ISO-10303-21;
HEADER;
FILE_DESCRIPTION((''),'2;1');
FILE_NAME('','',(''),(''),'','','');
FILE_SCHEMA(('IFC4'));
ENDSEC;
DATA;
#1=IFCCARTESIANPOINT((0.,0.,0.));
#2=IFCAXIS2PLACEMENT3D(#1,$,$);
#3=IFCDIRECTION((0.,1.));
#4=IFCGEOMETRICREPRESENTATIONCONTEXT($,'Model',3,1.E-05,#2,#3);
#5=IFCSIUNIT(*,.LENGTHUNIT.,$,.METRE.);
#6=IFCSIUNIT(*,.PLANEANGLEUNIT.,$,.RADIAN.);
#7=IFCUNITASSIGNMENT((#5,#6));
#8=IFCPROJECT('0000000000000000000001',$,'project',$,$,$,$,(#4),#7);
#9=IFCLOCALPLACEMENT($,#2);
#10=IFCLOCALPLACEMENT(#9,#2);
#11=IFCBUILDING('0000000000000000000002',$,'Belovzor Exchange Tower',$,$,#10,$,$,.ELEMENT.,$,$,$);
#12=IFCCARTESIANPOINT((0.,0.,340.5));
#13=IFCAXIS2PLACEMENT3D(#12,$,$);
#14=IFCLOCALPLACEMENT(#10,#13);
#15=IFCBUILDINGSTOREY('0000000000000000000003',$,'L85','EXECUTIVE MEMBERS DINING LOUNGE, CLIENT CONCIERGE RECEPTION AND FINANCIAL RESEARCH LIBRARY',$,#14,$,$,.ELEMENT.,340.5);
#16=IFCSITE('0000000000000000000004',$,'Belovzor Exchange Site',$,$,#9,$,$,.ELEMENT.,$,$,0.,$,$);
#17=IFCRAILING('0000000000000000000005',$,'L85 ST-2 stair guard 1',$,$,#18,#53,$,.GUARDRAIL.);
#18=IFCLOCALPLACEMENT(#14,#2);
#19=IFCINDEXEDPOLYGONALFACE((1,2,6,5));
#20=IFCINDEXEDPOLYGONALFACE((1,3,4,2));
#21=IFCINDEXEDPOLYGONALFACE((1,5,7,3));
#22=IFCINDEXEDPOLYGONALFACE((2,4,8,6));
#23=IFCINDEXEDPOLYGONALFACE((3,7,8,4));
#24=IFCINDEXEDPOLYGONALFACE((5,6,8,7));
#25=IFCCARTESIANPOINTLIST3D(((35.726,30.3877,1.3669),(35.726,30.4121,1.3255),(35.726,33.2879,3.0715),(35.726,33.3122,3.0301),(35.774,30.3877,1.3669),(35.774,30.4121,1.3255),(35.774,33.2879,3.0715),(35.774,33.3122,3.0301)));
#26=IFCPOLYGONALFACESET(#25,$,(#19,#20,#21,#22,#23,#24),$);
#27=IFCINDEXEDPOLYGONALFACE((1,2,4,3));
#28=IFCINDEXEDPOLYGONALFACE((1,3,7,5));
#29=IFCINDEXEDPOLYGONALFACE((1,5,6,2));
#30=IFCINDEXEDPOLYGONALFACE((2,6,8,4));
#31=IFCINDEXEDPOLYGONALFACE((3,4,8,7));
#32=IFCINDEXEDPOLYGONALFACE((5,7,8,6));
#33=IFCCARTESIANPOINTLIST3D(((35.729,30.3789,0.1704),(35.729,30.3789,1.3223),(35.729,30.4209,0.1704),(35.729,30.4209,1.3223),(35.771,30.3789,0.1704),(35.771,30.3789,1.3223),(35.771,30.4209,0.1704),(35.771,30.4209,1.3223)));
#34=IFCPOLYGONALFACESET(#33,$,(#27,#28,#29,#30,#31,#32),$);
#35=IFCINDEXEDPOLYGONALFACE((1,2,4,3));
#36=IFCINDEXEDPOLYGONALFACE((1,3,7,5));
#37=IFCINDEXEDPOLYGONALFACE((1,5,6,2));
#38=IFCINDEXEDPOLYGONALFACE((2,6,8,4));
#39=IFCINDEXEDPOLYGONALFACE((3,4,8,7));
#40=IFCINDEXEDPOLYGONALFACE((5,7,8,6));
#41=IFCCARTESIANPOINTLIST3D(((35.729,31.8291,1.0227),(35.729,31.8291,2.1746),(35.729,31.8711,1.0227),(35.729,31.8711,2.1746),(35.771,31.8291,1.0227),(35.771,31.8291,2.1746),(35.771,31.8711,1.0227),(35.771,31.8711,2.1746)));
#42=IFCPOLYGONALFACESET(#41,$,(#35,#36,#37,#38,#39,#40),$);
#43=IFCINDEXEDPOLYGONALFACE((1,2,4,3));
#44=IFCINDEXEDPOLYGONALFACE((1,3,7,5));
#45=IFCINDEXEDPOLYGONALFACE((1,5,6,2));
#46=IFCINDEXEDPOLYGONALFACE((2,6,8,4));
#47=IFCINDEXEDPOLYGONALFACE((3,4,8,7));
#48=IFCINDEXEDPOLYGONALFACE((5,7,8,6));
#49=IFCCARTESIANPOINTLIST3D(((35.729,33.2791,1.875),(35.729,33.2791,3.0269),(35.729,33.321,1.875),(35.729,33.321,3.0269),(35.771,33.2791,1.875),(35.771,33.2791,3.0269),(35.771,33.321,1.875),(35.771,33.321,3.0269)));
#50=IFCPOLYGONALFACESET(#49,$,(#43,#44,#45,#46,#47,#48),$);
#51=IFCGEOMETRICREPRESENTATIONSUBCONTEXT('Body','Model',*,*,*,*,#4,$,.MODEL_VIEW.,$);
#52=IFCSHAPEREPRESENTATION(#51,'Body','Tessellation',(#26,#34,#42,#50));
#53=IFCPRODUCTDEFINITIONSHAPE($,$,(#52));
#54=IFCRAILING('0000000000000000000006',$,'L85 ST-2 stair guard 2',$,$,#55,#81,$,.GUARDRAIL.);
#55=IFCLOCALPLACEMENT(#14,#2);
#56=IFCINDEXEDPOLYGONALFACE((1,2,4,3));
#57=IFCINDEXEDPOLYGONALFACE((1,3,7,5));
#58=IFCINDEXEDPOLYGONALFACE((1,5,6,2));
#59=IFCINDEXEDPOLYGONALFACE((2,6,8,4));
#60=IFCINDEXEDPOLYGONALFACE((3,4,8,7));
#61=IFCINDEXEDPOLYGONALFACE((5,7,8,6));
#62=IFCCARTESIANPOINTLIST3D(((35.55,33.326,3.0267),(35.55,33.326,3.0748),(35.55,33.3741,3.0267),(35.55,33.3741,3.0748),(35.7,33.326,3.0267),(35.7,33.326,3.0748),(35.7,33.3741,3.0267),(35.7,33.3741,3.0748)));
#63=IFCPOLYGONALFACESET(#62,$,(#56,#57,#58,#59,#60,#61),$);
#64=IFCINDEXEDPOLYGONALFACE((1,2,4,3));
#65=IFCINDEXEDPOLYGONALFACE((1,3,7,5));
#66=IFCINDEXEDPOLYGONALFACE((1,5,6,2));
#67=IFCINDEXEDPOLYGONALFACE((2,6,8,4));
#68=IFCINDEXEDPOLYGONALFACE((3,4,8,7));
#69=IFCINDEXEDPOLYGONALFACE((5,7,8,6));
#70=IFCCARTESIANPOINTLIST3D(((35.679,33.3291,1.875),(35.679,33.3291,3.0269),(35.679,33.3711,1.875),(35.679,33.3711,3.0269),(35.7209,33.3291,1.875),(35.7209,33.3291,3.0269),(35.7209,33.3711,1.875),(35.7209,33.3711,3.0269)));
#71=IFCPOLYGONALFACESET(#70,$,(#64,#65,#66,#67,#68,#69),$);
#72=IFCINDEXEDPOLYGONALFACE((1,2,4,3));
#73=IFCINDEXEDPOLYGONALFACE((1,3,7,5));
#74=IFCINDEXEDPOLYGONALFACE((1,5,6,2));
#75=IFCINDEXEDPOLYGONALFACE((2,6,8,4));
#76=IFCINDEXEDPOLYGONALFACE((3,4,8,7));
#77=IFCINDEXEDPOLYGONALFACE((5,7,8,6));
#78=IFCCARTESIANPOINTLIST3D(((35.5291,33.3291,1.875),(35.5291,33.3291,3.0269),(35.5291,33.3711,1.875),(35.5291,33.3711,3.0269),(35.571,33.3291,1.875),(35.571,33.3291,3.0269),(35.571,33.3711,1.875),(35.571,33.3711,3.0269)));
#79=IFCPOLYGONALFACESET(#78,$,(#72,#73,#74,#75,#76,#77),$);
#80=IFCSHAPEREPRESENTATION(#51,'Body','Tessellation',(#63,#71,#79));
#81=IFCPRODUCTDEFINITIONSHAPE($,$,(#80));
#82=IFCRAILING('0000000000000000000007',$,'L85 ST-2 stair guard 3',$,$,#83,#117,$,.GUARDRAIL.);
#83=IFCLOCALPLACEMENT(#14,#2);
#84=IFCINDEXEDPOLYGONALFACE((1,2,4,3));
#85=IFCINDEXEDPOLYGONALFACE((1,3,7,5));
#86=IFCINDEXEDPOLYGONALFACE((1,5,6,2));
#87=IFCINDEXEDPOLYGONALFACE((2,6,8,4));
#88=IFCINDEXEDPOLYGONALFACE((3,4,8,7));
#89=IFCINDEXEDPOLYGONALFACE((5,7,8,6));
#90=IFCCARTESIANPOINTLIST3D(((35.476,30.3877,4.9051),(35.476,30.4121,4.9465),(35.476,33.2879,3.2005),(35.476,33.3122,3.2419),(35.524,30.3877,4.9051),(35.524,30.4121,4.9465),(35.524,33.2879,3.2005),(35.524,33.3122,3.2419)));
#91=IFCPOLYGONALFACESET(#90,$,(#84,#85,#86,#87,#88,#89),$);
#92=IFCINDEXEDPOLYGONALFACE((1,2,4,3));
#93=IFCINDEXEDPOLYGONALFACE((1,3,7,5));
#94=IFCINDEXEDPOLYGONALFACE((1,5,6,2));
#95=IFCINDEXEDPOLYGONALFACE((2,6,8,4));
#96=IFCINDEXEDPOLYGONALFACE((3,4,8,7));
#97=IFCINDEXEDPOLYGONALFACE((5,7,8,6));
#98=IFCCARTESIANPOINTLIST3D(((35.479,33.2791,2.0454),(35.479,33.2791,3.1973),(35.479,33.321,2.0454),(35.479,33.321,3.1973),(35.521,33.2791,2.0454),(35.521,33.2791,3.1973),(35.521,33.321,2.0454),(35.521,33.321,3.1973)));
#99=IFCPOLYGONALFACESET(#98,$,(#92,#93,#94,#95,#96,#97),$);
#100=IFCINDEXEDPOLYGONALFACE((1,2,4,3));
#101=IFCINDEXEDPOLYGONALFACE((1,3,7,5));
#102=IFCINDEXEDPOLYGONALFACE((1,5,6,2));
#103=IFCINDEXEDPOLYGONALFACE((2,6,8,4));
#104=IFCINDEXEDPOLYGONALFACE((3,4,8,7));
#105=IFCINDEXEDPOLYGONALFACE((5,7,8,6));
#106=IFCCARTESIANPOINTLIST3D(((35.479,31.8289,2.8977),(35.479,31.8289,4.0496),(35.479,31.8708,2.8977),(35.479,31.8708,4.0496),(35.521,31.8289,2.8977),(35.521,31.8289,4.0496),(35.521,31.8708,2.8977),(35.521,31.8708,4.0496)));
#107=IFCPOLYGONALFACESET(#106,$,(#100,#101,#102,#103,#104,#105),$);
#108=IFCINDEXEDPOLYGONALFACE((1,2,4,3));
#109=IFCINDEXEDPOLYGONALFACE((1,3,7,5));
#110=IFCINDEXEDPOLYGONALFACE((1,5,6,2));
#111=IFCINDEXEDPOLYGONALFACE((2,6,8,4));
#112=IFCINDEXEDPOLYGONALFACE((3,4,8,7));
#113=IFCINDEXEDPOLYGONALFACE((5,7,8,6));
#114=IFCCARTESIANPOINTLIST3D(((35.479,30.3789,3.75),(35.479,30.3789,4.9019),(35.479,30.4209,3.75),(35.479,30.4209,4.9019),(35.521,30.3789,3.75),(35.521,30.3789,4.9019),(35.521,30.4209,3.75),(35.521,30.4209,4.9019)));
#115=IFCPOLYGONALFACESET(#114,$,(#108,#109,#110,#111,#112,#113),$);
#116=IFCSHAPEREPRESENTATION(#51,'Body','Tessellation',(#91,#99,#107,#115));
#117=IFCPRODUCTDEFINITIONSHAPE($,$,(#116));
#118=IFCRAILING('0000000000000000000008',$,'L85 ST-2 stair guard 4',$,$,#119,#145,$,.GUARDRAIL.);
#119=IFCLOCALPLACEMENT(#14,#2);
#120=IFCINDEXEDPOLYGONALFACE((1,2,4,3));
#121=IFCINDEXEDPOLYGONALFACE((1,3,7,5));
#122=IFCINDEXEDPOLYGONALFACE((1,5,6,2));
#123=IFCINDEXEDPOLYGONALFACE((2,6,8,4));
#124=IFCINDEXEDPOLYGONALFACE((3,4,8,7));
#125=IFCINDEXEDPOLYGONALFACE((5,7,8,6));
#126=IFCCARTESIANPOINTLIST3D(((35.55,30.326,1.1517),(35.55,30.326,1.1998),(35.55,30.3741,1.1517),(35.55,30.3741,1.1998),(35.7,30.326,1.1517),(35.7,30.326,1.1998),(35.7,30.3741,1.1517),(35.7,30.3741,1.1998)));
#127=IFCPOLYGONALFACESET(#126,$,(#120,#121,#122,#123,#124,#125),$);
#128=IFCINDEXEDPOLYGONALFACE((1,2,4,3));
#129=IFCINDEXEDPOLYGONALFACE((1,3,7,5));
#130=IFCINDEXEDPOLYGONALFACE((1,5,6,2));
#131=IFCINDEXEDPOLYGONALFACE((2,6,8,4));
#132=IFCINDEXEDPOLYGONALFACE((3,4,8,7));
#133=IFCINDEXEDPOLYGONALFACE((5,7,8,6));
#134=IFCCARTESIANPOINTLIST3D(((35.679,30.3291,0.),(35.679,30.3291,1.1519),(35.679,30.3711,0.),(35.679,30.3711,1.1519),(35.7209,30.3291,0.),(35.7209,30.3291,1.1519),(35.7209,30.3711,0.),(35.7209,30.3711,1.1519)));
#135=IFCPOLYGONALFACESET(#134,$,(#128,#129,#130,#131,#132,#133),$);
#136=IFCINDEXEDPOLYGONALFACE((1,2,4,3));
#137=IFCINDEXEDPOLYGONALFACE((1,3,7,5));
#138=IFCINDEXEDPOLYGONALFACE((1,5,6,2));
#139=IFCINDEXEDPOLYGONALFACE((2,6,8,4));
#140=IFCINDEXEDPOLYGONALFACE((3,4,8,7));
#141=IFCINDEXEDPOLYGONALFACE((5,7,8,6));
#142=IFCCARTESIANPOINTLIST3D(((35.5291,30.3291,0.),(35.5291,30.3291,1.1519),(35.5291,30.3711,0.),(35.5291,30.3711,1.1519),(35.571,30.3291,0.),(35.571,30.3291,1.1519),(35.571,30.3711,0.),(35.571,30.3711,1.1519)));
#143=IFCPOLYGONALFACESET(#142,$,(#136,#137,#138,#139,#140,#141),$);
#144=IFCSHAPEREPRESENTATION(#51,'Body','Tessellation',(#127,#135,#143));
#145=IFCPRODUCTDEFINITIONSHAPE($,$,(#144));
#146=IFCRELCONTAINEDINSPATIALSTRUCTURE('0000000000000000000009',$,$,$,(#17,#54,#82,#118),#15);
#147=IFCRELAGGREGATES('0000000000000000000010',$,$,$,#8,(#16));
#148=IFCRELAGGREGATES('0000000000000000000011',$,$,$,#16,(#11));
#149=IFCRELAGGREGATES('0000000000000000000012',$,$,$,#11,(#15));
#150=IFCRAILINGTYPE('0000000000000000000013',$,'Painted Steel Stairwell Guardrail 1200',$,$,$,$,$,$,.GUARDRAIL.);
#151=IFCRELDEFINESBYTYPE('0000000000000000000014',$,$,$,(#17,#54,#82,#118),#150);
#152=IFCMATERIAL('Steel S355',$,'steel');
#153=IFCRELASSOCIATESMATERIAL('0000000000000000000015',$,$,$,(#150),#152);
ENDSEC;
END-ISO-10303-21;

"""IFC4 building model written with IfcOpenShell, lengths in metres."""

from ifc_helpers import new_model, si_unit, direction, frame, origin, origin_2d, place, context, subcontext, project, spatial, rectangle, extrude, material, type_object, element, save


model = new_model("IFC4")

# Units and contexts
model_context = context("Model", 3, precision=1e-05, world=origin(), true_north=direction((0.0, 1.0)))
body_context = subcontext(model_context, "Body", "Model", "MODEL_VIEW")
ifc_project = project(units=[si_unit("LENGTHUNIT", "METRE"), si_unit("PLANEANGLEUNIT", "RADIAN")], contexts=[model_context])

# Site, building, storey
site_placement = place(None, origin())
site = spatial("IfcSite", under=ifc_project, at=site_placement, Name="Belovzor Exchange Site", CompositionType="ELEMENT", RefElevation=0.0)
building_placement = place(site_placement, origin())
building = spatial("IfcBuilding", under=site, at=building_placement, Name="Belovzor Exchange Tower", CompositionType="ELEMENT")
storey_placement = place(building_placement, frame((0.0, 0.0, 340.5)))
storey = spatial("IfcBuildingStorey", under=building, at=storey_placement, Name="L85", Description="EXECUTIVE MEMBERS DINING LOUNGE, CLIENT CONCIERGE RECEPTION AND FINANCIAL RESEARCH LIBRARY", CompositionType="ELEMENT", Elevation=340.5)

# Railings
ifc_material_1 = material(Name="Steel S355", Category="steel")
railing_type_1 = type_object("IfcRailingType", Name="Painted Steel Stairwell Guardrail 1200", PredefinedType="GUARDRAIL", material=ifc_material_1)
railing_1_placement = place(storey_placement, frame((35.75, 30.3999, 0.1704)))
element("IfcRailing", 1, at=railing_1_placement, inside=storey, type_object=railing_type_1, Name="L85 ST-2 stair guard 1", PredefinedType="GUARDRAIL", context=body_context, shape_type="SweptSolid", body=[
    extrude(rectangle(XDim=0.0481, YDim=0.0481, at=origin_2d()), frame((0.0, 0.0, 1.1758), z_axis=(0.0, 0.862113, 0.506716), x_axis=(-1.0, 0.0, 0.0)), (0.0, 0.0, 1.0), 3.364),
    extrude(rectangle(XDim=0.042, YDim=0.042, at=origin_2d()), origin(), (0.0, 0.0, 1.0), 1.1519),
    extrude(rectangle(XDim=0.042, YDim=0.042, at=origin_2d()), frame((0.0, 1.4502, 0.8523)), (0.0, 0.0, 1.0), 1.1519),
    extrude(rectangle(XDim=0.042, YDim=0.042, at=origin_2d()), frame((0.0, 2.9001, 1.7046)), (0.0, 0.0, 1.0), 1.1519),
])
railing_2_placement = place(storey_placement, frame((35.7, 33.3501, 1.875)))
element("IfcRailing", 2, at=railing_2_placement, inside=storey, type_object=railing_type_1, Name="L85 ST-2 stair guard 2", PredefinedType="GUARDRAIL", context=body_context, shape_type="SweptSolid", body=[
    extrude(rectangle(XDim=0.0481, YDim=0.0481, at=origin_2d()), frame((0.0, 0.0, 1.1758), z_axis=(-1.0, 0.0, 0.0), x_axis=(0.0, -1.0, 0.0)), (0.0, 0.0, 1.0), 0.1499),
    extrude(rectangle(XDim=0.042, YDim=0.042, at=origin_2d()), origin(), (0.0, 0.0, 1.0), 1.1519),
    extrude(rectangle(XDim=0.042, YDim=0.042, at=origin_2d()), frame((-0.1499, 0.0, 0.0)), (0.0, 0.0, 1.0), 1.1519),
])
railing_3_placement = place(storey_placement, frame((35.5, 33.3, 2.0454)))
element("IfcRailing", 3, at=railing_3_placement, inside=storey, type_object=railing_type_1, Name="L85 ST-2 stair guard 3", PredefinedType="GUARDRAIL", context=body_context, shape_type="SweptSolid", body=[
    extrude(rectangle(XDim=0.0481, YDim=0.0481, at=origin_2d()), frame((0.0, 0.0, 1.1758), z_axis=(0.0, -0.862113, 0.506716), x_axis=(1.0, 0.0, 0.0)), (0.0, 0.0, 1.0), 3.364),
    extrude(rectangle(XDim=0.042, YDim=0.042, at=origin_2d()), origin(), (0.0, 0.0, 1.0), 1.1519),
    extrude(rectangle(XDim=0.042, YDim=0.042, at=origin_2d()), frame((0.0, -1.4502, 0.8523)), (0.0, 0.0, 1.0), 1.1519),
    extrude(rectangle(XDim=0.042, YDim=0.042, at=origin_2d()), frame((0.0, -2.9001, 1.7046)), (0.0, 0.0, 1.0), 1.1519),
])
railing_4_placement = place(storey_placement, frame((35.7, 30.3501, 0.0)))
element("IfcRailing", 4, at=railing_4_placement, inside=storey, type_object=railing_type_1, Name="L85 ST-2 stair guard 4", PredefinedType="GUARDRAIL", context=body_context, shape_type="SweptSolid", body=[
    extrude(rectangle(XDim=0.0481, YDim=0.0481, at=origin_2d()), frame((0.0, 0.0, 1.1758), z_axis=(-1.0, 0.0, 0.0), x_axis=(0.0, -1.0, 0.0)), (0.0, 0.0, 1.0), 0.1499),
    extrude(rectangle(XDim=0.042, YDim=0.042, at=origin_2d()), origin(), (0.0, 0.0, 1.0), 1.1519),
    extrude(rectangle(XDim=0.042, YDim=0.042, at=origin_2d()), frame((-0.1499, 0.0, 0.0)), (0.0, 0.0, 1.0), 1.1519),
])

save(model, "model.ifc")
